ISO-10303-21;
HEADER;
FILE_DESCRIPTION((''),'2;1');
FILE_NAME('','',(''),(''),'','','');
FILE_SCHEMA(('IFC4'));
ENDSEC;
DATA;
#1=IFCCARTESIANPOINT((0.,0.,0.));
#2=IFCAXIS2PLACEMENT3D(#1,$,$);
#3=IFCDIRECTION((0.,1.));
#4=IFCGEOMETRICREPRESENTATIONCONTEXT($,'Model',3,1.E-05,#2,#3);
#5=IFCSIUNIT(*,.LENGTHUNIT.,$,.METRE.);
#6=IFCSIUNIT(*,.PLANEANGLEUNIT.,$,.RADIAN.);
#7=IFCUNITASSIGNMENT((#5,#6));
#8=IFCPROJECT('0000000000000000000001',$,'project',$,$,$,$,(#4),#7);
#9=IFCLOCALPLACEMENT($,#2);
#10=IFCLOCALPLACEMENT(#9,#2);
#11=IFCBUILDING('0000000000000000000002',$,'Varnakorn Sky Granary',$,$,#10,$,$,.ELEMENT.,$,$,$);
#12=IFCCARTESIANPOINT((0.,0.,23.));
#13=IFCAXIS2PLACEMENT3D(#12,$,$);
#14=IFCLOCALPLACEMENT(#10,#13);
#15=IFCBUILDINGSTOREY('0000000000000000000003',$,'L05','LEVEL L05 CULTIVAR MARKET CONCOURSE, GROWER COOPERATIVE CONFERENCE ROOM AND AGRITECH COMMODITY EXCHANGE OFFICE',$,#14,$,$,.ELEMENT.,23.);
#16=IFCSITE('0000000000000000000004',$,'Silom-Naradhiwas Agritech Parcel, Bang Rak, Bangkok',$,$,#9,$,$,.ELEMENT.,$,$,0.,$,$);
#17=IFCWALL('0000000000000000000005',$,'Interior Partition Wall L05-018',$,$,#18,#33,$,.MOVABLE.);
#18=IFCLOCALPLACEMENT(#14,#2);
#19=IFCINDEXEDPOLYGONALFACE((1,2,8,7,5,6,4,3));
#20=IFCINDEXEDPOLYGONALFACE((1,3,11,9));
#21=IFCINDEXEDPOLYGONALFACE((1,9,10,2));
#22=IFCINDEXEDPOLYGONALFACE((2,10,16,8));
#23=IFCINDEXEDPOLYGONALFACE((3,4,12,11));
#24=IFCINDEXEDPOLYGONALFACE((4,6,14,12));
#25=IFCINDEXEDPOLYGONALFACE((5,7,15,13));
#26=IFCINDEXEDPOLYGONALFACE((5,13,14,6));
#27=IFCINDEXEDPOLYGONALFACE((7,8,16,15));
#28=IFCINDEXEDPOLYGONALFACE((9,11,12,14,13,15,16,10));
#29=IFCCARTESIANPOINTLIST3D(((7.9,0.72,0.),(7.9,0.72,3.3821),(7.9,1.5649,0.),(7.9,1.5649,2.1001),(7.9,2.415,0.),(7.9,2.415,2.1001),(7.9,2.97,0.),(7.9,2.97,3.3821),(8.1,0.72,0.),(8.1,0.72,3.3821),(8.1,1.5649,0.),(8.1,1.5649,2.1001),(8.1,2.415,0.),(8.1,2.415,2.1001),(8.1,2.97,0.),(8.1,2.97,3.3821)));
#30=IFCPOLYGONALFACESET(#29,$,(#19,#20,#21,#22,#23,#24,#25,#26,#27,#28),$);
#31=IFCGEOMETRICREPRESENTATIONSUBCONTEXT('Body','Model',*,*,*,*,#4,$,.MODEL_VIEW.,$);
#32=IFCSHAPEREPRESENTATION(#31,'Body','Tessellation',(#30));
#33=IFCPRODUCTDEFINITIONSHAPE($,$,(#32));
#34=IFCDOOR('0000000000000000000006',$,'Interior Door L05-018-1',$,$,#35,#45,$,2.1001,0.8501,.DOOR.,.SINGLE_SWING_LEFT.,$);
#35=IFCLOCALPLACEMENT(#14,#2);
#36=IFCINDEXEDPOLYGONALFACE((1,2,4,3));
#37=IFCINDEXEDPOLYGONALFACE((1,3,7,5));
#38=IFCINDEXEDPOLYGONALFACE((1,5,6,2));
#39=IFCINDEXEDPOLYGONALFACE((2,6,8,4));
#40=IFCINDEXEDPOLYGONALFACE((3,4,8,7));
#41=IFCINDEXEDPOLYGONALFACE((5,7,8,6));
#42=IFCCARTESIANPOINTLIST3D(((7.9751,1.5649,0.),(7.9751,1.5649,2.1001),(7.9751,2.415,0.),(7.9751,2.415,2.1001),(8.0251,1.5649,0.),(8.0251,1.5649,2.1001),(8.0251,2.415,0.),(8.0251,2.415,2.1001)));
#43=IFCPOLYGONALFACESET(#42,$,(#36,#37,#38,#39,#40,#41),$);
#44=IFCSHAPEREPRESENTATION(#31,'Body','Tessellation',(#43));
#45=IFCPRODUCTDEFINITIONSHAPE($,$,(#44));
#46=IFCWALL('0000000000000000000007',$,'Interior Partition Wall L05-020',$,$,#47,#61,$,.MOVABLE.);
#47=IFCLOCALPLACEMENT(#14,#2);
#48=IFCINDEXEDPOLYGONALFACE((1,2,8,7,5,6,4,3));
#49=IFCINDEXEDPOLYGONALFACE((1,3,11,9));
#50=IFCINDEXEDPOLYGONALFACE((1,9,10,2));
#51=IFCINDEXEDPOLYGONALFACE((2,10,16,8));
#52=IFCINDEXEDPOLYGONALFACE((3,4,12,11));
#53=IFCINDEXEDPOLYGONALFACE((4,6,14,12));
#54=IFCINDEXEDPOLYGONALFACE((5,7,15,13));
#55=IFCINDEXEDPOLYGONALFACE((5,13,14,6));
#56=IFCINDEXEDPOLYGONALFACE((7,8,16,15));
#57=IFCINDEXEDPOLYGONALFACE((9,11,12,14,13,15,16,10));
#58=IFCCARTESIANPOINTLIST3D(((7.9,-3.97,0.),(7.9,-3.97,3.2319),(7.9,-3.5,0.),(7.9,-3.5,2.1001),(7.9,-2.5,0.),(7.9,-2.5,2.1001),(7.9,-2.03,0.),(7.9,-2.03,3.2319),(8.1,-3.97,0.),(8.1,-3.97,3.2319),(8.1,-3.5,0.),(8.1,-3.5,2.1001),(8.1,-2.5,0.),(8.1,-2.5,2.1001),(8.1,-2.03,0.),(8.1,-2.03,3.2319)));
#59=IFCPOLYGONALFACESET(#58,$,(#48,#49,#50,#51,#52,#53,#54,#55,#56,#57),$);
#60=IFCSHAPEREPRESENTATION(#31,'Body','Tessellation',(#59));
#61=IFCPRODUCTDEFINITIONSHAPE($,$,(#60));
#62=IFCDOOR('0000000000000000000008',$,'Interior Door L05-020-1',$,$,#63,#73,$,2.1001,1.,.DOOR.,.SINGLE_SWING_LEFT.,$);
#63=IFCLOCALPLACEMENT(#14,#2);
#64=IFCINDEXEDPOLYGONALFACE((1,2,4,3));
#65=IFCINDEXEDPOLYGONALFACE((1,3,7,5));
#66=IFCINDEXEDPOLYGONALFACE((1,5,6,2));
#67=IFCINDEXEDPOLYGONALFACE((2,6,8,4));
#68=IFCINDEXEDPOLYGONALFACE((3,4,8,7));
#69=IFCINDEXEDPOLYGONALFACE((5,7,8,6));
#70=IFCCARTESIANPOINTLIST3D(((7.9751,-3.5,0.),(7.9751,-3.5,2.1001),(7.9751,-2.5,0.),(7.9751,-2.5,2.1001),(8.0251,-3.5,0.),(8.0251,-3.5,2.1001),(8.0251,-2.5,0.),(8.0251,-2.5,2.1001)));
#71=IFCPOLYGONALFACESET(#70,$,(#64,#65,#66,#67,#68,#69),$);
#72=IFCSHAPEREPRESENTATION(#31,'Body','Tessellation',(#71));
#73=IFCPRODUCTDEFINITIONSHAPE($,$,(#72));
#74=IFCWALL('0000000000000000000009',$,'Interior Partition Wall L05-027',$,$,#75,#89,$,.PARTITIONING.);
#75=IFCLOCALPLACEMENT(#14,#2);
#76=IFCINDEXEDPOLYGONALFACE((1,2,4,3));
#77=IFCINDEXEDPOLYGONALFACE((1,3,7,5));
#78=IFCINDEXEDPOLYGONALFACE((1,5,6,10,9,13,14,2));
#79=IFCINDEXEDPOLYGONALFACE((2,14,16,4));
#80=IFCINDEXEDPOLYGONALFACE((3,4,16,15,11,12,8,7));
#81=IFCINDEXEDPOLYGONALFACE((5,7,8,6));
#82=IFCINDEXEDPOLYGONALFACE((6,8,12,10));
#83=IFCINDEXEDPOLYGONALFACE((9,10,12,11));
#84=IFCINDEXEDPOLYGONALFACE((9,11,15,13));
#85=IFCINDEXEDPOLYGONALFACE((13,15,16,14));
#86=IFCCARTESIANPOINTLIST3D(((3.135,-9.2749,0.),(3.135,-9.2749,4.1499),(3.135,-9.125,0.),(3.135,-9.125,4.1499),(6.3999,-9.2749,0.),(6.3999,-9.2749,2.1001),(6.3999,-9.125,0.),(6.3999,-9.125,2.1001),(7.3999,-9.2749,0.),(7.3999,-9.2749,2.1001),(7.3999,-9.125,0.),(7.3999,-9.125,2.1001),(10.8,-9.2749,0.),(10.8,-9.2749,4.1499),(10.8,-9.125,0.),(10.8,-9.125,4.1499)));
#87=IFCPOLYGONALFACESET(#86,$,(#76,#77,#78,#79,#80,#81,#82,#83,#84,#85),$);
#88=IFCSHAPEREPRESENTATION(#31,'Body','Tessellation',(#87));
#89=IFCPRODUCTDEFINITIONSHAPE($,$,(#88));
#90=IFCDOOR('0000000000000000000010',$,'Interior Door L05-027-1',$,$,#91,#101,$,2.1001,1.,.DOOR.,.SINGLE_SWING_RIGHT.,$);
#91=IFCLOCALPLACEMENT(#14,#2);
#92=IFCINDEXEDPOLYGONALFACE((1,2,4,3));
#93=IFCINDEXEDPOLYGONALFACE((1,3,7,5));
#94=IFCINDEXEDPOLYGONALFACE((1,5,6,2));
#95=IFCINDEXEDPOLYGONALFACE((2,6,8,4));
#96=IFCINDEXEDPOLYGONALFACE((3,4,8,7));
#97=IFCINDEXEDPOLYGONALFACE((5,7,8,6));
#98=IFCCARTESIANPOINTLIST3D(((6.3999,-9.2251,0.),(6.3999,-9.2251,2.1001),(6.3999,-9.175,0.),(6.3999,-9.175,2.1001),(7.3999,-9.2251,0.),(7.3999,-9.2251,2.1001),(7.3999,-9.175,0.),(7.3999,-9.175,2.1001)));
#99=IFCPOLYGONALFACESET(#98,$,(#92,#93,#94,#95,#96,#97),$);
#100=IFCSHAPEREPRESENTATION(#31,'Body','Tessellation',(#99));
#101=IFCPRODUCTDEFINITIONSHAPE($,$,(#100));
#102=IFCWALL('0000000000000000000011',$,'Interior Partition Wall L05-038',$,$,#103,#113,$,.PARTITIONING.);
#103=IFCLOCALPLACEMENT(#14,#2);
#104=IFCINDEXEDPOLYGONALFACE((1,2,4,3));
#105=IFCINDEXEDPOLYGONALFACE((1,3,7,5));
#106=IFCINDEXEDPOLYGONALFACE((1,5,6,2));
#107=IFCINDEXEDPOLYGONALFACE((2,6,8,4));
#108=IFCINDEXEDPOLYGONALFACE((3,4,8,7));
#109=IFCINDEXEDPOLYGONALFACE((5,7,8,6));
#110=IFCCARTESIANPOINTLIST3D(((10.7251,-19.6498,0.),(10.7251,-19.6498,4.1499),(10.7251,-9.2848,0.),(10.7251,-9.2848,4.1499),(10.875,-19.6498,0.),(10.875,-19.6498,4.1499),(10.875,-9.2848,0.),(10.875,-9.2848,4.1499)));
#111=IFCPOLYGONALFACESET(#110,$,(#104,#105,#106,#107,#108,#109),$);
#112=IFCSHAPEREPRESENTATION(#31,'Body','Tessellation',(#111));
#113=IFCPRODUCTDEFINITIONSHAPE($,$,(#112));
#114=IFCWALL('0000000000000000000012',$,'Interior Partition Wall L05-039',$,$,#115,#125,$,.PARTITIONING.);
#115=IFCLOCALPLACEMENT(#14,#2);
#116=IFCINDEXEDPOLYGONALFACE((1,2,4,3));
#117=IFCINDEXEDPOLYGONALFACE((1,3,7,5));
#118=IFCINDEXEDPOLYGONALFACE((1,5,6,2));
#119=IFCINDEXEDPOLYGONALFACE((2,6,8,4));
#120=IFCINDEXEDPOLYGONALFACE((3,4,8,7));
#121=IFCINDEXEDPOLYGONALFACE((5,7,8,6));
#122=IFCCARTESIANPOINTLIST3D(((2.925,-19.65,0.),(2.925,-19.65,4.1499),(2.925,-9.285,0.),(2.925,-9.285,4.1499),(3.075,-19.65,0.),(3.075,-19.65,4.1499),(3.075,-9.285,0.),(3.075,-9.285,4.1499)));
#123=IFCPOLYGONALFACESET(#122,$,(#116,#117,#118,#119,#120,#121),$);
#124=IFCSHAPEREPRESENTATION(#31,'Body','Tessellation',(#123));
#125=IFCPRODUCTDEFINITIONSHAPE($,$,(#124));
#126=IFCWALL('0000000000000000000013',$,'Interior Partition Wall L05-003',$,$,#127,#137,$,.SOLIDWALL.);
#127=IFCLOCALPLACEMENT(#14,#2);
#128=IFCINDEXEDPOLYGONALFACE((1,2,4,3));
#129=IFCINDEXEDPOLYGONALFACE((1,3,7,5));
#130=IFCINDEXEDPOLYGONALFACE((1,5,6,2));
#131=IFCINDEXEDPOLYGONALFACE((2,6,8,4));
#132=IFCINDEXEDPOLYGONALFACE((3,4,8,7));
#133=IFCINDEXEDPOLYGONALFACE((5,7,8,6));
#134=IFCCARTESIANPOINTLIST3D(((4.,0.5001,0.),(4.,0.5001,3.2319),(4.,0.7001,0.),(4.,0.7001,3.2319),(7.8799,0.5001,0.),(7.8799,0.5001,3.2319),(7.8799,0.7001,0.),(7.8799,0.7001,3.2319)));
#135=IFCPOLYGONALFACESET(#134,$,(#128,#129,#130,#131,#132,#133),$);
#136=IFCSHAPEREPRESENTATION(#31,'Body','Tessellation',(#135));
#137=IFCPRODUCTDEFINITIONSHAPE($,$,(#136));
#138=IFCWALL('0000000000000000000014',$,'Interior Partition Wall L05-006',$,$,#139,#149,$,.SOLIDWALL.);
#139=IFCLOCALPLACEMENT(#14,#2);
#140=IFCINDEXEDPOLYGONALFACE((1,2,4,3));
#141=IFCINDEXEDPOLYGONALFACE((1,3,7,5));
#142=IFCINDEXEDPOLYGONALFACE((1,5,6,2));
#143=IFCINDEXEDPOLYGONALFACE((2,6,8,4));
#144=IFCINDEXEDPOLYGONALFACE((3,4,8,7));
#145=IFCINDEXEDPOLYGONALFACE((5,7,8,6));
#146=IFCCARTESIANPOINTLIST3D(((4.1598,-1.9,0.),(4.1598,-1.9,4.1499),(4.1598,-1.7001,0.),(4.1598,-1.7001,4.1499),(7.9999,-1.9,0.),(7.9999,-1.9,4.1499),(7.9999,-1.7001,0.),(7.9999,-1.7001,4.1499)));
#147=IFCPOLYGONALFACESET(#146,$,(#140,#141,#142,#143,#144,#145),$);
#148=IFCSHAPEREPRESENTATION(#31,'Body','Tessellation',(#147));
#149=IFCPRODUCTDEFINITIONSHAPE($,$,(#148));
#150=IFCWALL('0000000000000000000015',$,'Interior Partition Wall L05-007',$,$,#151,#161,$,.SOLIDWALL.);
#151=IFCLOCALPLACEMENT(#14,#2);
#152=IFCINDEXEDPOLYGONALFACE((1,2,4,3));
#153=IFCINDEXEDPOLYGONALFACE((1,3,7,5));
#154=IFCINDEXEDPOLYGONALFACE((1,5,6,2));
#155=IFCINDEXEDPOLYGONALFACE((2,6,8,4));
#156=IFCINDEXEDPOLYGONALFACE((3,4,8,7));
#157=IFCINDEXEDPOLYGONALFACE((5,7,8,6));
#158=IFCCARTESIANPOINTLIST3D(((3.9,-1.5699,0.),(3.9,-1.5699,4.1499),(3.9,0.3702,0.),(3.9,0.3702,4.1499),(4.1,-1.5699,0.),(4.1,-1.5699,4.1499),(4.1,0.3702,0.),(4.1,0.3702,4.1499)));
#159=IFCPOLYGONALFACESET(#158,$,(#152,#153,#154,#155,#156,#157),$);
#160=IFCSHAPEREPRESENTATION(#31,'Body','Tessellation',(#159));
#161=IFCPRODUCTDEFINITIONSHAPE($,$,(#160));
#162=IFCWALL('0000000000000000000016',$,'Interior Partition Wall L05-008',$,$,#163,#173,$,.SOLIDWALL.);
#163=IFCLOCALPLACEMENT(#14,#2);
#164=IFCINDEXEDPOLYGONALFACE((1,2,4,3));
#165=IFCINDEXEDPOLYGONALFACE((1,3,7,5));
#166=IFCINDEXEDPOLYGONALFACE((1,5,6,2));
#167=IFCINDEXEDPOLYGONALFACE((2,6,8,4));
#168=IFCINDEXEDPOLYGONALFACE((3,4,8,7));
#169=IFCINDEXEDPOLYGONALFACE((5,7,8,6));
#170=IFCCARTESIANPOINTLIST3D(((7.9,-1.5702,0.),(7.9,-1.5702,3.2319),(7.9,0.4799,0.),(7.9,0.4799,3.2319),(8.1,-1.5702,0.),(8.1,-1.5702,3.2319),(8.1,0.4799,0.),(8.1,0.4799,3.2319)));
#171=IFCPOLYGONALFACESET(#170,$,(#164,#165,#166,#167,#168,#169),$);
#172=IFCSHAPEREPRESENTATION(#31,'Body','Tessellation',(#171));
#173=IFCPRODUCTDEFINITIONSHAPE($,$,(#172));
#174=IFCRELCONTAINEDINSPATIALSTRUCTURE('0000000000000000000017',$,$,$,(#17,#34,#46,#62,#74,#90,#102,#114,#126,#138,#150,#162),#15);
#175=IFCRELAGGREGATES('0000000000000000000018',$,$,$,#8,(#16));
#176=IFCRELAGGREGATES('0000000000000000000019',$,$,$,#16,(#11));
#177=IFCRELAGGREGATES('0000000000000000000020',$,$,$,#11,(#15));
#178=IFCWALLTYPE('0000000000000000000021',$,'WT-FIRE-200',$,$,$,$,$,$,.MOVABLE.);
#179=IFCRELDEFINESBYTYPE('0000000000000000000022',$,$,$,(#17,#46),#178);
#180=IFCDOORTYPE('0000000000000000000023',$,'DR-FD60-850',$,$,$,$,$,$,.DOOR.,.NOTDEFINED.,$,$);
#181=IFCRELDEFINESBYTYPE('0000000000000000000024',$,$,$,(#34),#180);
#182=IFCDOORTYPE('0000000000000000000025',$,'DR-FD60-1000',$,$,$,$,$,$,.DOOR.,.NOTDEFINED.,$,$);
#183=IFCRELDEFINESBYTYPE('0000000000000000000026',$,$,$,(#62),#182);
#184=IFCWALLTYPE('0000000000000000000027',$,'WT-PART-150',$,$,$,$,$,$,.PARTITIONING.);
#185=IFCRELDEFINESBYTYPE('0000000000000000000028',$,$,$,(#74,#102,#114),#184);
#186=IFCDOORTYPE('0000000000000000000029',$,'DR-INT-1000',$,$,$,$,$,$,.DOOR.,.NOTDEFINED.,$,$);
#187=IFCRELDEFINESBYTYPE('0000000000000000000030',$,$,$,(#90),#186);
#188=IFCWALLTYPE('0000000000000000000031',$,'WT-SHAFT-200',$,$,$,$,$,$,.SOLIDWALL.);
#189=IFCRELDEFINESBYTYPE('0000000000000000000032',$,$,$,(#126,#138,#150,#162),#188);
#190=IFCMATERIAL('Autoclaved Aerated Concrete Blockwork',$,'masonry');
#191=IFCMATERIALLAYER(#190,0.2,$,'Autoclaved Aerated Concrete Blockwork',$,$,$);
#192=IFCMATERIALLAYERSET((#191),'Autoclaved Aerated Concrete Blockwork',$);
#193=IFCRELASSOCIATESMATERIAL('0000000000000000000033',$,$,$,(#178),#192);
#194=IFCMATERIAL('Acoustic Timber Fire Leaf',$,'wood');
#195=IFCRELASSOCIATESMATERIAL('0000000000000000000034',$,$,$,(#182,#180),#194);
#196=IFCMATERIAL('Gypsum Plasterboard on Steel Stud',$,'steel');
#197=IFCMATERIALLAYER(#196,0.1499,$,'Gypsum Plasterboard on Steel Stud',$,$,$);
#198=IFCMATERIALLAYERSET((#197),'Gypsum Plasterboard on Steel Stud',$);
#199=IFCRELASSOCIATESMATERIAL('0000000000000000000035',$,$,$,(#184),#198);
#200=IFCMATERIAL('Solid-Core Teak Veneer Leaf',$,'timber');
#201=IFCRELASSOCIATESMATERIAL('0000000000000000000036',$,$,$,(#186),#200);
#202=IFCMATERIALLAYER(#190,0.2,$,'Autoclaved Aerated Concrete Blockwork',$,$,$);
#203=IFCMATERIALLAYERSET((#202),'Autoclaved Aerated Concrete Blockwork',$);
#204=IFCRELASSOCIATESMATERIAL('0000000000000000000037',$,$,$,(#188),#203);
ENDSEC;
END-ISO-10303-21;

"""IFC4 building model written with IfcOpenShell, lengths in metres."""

from ifc_helpers import new_model, si_unit, direction, frame, frame_2d, origin, place, context, subcontext, project, spatial, rectangle, extrude, material, layer, layer_set, type_object, element, fill, save


model = new_model("IFC4")

# Units and contexts
model_context = context("Model", 3, precision=1e-05, world=origin(), true_north=direction((0.0, 1.0)))
body_context = subcontext(model_context, "Body", "Model", "MODEL_VIEW")
ifc_project = project(units=[si_unit("LENGTHUNIT", "METRE"), si_unit("PLANEANGLEUNIT", "RADIAN")], contexts=[model_context])

# Site, building, storey
site_placement = place(None, origin())
site = spatial("IfcSite", under=ifc_project, at=site_placement, Name="Silom-Naradhiwas Agritech Parcel, Bang Rak, Bangkok", CompositionType="ELEMENT", RefElevation=0.0)
building_placement = place(site_placement, origin())
building = spatial("IfcBuilding", under=site, at=building_placement, Name="Varnakorn Sky Granary", CompositionType="ELEMENT")
storey_placement = place(building_placement, frame((0.0, 0.0, 23.0)))
storey = spatial("IfcBuildingStorey", under=building, at=storey_placement, Name="L05", Description="LEVEL L05 CULTIVAR MARKET CONCOURSE, GROWER COOPERATIVE CONFERENCE ROOM AND AGRITECH COMMODITY EXCHANGE OFFICE", CompositionType="ELEMENT", Elevation=23.0)

# Walls, openings, doors
ifc_material_1 = material(Name="Autoclaved Aerated Concrete Blockwork", Category="masonry")
ifc_layer_1 = layer(ifc_material_1, 0.2, Name="Autoclaved Aerated Concrete Blockwork")
ifc_layer_set_1 = layer_set([ifc_layer_1], Name="Autoclaved Aerated Concrete Blockwork")
wall_type_1 = type_object("IfcWallType", Name="WT-FIRE-200", PredefinedType="MOVABLE", material=ifc_layer_set_1)
ifc_material_2 = material(Name="Acoustic Timber Fire Leaf", Category="wood")
door_type_1 = type_object("IfcDoorType", Name="DR-FD60-1000", OperationType="NOTDEFINED", PredefinedType="DOOR", material=ifc_material_2)
wall_1_placement = place(storey_placement, frame((8.0, 0.72, 0.0), z_axis=(0.0, 0.0, 1.0), x_axis=(0.0, 1.0, 0.0)))
wall_1 = element("IfcWall", 1, at=wall_1_placement, inside=storey, type_object=wall_type_1, Name="Interior Partition Wall L05-018", PredefinedType="MOVABLE", context=body_context, shape_type="SweptSolid", body=[
    extrude(rectangle(XDim=2.25, YDim=0.2, at=frame_2d((1.125, 0.0))), origin(), (0.0, 0.0, 1.0), 3.3821),
])
opening_1_placement = place(wall_1_placement, frame((0.845, 0.0, 0.0)))
opening_1 = element("IfcOpeningElement", 2, at=opening_1_placement, cuts=wall_1, PredefinedType="OPENING", context=body_context, shape_type="SweptSolid", body=[
    extrude(rectangle(XDim=0.8501, YDim=2.1001, at=frame_2d((0.425, 1.05))), frame((0.0, 0.1099, 0.0), z_axis=(0.0, -1.0, 0.0), x_axis=(1.0, 0.0, 0.0)), (0.0, 0.0, 1.0), 0.22),
])
door_type_2 = type_object("IfcDoorType", Name="DR-FD60-850", OperationType="NOTDEFINED", PredefinedType="DOOR", material=ifc_material_2)
door_1_placement = place(opening_1_placement, origin())
door_1 = element("IfcDoor", 3, at=door_1_placement, inside=storey, type_object=door_type_2, Name="Interior Door L05-018-1", OperationType="SINGLE_SWING_LEFT", OverallHeight=2.1001, OverallWidth=0.8501, PredefinedType="DOOR", context=body_context, shape_type="SweptSolid", body=[
    extrude(rectangle(XDim=0.8501, YDim=2.1001, at=frame_2d((0.425, 1.05))), frame((0.0, 0.0249, 0.0), z_axis=(0.0, -1.0, 0.0), x_axis=(1.0, 0.0, 0.0)), (0.0, 0.0, 1.0), 0.05),
])
fill(opening_1, door_1)
wall_2_placement = place(storey_placement, frame((8.0, -3.97, 0.0), z_axis=(0.0, 0.0, 1.0), x_axis=(0.0, 1.0, 0.0)))
wall_2 = element("IfcWall", 4, at=wall_2_placement, inside=storey, type_object=wall_type_1, Name="Interior Partition Wall L05-020", PredefinedType="MOVABLE", context=body_context, shape_type="SweptSolid", body=[
    extrude(rectangle(XDim=1.9399, YDim=0.2, at=frame_2d((0.97, 0.0))), origin(), (0.0, 0.0, 1.0), 3.2319),
])
opening_2_placement = place(wall_2_placement, frame((0.47, 0.0, 0.0)))
opening_2 = element("IfcOpeningElement", 5, at=opening_2_placement, cuts=wall_2, PredefinedType="OPENING", context=body_context, shape_type="SweptSolid", body=[
    extrude(rectangle(XDim=1.0, YDim=2.1001, at=frame_2d((0.5, 1.05))), frame((0.0, 0.1099, 0.0), z_axis=(0.0, -1.0, 0.0), x_axis=(1.0, 0.0, 0.0)), (0.0, 0.0, 1.0), 0.22),
])
door_2_placement = place(opening_2_placement, origin())
door_2 = element("IfcDoor", 6, at=door_2_placement, inside=storey, type_object=door_type_1, Name="Interior Door L05-020-1", OperationType="SINGLE_SWING_LEFT", OverallHeight=2.1001, OverallWidth=1.0, PredefinedType="DOOR", context=body_context, shape_type="SweptSolid", body=[
    extrude(rectangle(XDim=1.0, YDim=2.1001, at=frame_2d((0.5, 1.05))), frame((0.0, 0.0249, 0.0), z_axis=(0.0, -1.0, 0.0), x_axis=(1.0, 0.0, 0.0)), (0.0, 0.0, 1.0), 0.05),
])
fill(opening_2, door_2)
ifc_material_3 = material(Name="Gypsum Plasterboard on Steel Stud", Category="steel")
ifc_layer_2 = layer(ifc_material_3, 0.1499, Name="Gypsum Plasterboard on Steel Stud")
ifc_layer_set_2 = layer_set([ifc_layer_2], Name="Gypsum Plasterboard on Steel Stud")
wall_type_2 = type_object("IfcWallType", Name="WT-PART-150", PredefinedType="PARTITIONING", material=ifc_layer_set_2)
wall_3_placement = place(storey_placement, frame((3.135, -9.2, 0.0), z_axis=(0.0, 0.0, 1.0), x_axis=(1.0, 0.0, 0.0)))
wall_3 = element("IfcWall", 7, at=wall_3_placement, inside=storey, type_object=wall_type_2, Name="Interior Partition Wall L05-027", PredefinedType="PARTITIONING", context=body_context, shape_type="SweptSolid", body=[
    extrude(rectangle(XDim=7.665, YDim=0.1499, at=frame_2d((3.8325, 0.0))), origin(), (0.0, 0.0, 1.0), 4.1499),
])
opening_3_placement = place(wall_3_placement, frame((3.2649, 0.0, 0.0)))
opening_3 = element("IfcOpeningElement", 8, at=opening_3_placement, cuts=wall_3, PredefinedType="OPENING", context=body_context, shape_type="SweptSolid", body=[
    extrude(rectangle(XDim=1.0, YDim=2.1001, at=frame_2d((0.5, 1.05))), frame((0.0, 0.085, 0.0), z_axis=(0.0, -1.0, 0.0), x_axis=(1.0, 0.0, 0.0)), (0.0, 0.0, 1.0), 0.1699),
])
ifc_material_4 = material(Name="Solid-Core Teak Veneer Leaf", Category="timber")
door_type_3 = type_object("IfcDoorType", Name="DR-INT-1000", OperationType="NOTDEFINED", PredefinedType="DOOR", material=ifc_material_4)
door_3_placement = place(opening_3_placement, origin())
door_3 = element("IfcDoor", 9, at=door_3_placement, inside=storey, type_object=door_type_3, Name="Interior Door L05-027-1", OperationType="SINGLE_SWING_RIGHT", OverallHeight=2.1001, OverallWidth=1.0, PredefinedType="DOOR", context=body_context, shape_type="SweptSolid", body=[
    extrude(rectangle(XDim=1.0, YDim=2.1001, at=frame_2d((0.5, 1.05))), frame((0.0, 0.0249, 0.0), z_axis=(0.0, -1.0, 0.0), x_axis=(1.0, 0.0, 0.0)), (0.0, 0.0, 1.0), 0.05),
])
fill(opening_3, door_3)

# Walls
for number, where, z_axis, x_axis, name in (
    (10, (10.8, -19.6499, 0.0), (0.0, 0.0, 1.0), (0.0, 1.0, 0.0), "Interior Partition Wall L05-038"),
    (11, (3.0, -9.2849, 0.0), (0.0, 0.0, 1.0), (0.0, -1.0, 0.0), "Interior Partition Wall L05-039"),
):
    element("IfcWall", number, at=place(storey_placement, frame(where, z_axis=z_axis, x_axis=x_axis)), inside=storey, type_object=wall_type_2, Name=name, PredefinedType="PARTITIONING", context=body_context, shape_type="SweptSolid", body=[
        extrude(rectangle(XDim=10.365, YDim=0.1499, at=frame_2d((5.1826, 0.0))), origin(), (0.0, 0.0, 1.0), 4.1499),
    ])
ifc_layer_3 = layer(ifc_material_1, 0.2, Name="Autoclaved Aerated Concrete Blockwork")
ifc_layer_set_3 = layer_set([ifc_layer_3], Name="Autoclaved Aerated Concrete Blockwork")
wall_type_3 = type_object("IfcWallType", Name="WT-SHAFT-200", PredefinedType="SOLIDWALL", material=ifc_layer_set_3)
wall_4_placement = place(storey_placement, frame((4.0, 0.6001, 0.0), z_axis=(0.0, 0.0, 1.0), x_axis=(1.0, 0.0, 0.0)))
element("IfcWall", 12, at=wall_4_placement, inside=storey, type_object=wall_type_3, Name="Interior Partition Wall L05-003", PredefinedType="SOLIDWALL", context=body_context, shape_type="SweptSolid", body=[
    extrude(rectangle(XDim=3.8799, YDim=0.2, at=frame_2d((1.9399, 0.0))), origin(), (0.0, 0.0, 1.0), 3.2319),
])
wall_5_placement = place(storey_placement, frame((4.1599, -1.8, 0.0), z_axis=(0.0, 0.0, 1.0), x_axis=(1.0, 0.0, 0.0)))
element("IfcWall", 13, at=wall_5_placement, inside=storey, type_object=wall_type_3, Name="Interior Partition Wall L05-006", PredefinedType="SOLIDWALL", context=body_context, shape_type="SweptSolid", body=[
    extrude(rectangle(XDim=3.8401, YDim=0.2, at=frame_2d((1.9199, 0.0))), origin(), (0.0, 0.0, 1.0), 4.1499),
])
wall_6_placement = place(storey_placement, frame((4.0, -1.5701, 0.0), z_axis=(0.0, 0.0, 1.0), x_axis=(0.0, 1.0, 0.0)))
element("IfcWall", 14, at=wall_6_placement, inside=storey, type_object=wall_type_3, Name="Interior Partition Wall L05-007", PredefinedType="SOLIDWALL", context=body_context, shape_type="SweptSolid", body=[
    extrude(rectangle(XDim=1.9402, YDim=0.2, at=frame_2d((0.9702, 0.0))), origin(), (0.0, 0.0, 1.0), 4.1499),
])
wall_7_placement = place(storey_placement, frame((8.0, -1.5701, 0.0), z_axis=(0.0, 0.0, 1.0), x_axis=(0.0, 1.0, 0.0)))
element("IfcWall", 15, at=wall_7_placement, inside=storey, type_object=wall_type_3, Name="Interior Partition Wall L05-008", PredefinedType="SOLIDWALL", context=body_context, shape_type="SweptSolid", body=[
    extrude(rectangle(XDim=2.05, YDim=0.2, at=frame_2d((1.0249, 0.0))), origin(), (0.0, 0.0, 1.0), 3.2319),
])

save(model, "model.ifc")
